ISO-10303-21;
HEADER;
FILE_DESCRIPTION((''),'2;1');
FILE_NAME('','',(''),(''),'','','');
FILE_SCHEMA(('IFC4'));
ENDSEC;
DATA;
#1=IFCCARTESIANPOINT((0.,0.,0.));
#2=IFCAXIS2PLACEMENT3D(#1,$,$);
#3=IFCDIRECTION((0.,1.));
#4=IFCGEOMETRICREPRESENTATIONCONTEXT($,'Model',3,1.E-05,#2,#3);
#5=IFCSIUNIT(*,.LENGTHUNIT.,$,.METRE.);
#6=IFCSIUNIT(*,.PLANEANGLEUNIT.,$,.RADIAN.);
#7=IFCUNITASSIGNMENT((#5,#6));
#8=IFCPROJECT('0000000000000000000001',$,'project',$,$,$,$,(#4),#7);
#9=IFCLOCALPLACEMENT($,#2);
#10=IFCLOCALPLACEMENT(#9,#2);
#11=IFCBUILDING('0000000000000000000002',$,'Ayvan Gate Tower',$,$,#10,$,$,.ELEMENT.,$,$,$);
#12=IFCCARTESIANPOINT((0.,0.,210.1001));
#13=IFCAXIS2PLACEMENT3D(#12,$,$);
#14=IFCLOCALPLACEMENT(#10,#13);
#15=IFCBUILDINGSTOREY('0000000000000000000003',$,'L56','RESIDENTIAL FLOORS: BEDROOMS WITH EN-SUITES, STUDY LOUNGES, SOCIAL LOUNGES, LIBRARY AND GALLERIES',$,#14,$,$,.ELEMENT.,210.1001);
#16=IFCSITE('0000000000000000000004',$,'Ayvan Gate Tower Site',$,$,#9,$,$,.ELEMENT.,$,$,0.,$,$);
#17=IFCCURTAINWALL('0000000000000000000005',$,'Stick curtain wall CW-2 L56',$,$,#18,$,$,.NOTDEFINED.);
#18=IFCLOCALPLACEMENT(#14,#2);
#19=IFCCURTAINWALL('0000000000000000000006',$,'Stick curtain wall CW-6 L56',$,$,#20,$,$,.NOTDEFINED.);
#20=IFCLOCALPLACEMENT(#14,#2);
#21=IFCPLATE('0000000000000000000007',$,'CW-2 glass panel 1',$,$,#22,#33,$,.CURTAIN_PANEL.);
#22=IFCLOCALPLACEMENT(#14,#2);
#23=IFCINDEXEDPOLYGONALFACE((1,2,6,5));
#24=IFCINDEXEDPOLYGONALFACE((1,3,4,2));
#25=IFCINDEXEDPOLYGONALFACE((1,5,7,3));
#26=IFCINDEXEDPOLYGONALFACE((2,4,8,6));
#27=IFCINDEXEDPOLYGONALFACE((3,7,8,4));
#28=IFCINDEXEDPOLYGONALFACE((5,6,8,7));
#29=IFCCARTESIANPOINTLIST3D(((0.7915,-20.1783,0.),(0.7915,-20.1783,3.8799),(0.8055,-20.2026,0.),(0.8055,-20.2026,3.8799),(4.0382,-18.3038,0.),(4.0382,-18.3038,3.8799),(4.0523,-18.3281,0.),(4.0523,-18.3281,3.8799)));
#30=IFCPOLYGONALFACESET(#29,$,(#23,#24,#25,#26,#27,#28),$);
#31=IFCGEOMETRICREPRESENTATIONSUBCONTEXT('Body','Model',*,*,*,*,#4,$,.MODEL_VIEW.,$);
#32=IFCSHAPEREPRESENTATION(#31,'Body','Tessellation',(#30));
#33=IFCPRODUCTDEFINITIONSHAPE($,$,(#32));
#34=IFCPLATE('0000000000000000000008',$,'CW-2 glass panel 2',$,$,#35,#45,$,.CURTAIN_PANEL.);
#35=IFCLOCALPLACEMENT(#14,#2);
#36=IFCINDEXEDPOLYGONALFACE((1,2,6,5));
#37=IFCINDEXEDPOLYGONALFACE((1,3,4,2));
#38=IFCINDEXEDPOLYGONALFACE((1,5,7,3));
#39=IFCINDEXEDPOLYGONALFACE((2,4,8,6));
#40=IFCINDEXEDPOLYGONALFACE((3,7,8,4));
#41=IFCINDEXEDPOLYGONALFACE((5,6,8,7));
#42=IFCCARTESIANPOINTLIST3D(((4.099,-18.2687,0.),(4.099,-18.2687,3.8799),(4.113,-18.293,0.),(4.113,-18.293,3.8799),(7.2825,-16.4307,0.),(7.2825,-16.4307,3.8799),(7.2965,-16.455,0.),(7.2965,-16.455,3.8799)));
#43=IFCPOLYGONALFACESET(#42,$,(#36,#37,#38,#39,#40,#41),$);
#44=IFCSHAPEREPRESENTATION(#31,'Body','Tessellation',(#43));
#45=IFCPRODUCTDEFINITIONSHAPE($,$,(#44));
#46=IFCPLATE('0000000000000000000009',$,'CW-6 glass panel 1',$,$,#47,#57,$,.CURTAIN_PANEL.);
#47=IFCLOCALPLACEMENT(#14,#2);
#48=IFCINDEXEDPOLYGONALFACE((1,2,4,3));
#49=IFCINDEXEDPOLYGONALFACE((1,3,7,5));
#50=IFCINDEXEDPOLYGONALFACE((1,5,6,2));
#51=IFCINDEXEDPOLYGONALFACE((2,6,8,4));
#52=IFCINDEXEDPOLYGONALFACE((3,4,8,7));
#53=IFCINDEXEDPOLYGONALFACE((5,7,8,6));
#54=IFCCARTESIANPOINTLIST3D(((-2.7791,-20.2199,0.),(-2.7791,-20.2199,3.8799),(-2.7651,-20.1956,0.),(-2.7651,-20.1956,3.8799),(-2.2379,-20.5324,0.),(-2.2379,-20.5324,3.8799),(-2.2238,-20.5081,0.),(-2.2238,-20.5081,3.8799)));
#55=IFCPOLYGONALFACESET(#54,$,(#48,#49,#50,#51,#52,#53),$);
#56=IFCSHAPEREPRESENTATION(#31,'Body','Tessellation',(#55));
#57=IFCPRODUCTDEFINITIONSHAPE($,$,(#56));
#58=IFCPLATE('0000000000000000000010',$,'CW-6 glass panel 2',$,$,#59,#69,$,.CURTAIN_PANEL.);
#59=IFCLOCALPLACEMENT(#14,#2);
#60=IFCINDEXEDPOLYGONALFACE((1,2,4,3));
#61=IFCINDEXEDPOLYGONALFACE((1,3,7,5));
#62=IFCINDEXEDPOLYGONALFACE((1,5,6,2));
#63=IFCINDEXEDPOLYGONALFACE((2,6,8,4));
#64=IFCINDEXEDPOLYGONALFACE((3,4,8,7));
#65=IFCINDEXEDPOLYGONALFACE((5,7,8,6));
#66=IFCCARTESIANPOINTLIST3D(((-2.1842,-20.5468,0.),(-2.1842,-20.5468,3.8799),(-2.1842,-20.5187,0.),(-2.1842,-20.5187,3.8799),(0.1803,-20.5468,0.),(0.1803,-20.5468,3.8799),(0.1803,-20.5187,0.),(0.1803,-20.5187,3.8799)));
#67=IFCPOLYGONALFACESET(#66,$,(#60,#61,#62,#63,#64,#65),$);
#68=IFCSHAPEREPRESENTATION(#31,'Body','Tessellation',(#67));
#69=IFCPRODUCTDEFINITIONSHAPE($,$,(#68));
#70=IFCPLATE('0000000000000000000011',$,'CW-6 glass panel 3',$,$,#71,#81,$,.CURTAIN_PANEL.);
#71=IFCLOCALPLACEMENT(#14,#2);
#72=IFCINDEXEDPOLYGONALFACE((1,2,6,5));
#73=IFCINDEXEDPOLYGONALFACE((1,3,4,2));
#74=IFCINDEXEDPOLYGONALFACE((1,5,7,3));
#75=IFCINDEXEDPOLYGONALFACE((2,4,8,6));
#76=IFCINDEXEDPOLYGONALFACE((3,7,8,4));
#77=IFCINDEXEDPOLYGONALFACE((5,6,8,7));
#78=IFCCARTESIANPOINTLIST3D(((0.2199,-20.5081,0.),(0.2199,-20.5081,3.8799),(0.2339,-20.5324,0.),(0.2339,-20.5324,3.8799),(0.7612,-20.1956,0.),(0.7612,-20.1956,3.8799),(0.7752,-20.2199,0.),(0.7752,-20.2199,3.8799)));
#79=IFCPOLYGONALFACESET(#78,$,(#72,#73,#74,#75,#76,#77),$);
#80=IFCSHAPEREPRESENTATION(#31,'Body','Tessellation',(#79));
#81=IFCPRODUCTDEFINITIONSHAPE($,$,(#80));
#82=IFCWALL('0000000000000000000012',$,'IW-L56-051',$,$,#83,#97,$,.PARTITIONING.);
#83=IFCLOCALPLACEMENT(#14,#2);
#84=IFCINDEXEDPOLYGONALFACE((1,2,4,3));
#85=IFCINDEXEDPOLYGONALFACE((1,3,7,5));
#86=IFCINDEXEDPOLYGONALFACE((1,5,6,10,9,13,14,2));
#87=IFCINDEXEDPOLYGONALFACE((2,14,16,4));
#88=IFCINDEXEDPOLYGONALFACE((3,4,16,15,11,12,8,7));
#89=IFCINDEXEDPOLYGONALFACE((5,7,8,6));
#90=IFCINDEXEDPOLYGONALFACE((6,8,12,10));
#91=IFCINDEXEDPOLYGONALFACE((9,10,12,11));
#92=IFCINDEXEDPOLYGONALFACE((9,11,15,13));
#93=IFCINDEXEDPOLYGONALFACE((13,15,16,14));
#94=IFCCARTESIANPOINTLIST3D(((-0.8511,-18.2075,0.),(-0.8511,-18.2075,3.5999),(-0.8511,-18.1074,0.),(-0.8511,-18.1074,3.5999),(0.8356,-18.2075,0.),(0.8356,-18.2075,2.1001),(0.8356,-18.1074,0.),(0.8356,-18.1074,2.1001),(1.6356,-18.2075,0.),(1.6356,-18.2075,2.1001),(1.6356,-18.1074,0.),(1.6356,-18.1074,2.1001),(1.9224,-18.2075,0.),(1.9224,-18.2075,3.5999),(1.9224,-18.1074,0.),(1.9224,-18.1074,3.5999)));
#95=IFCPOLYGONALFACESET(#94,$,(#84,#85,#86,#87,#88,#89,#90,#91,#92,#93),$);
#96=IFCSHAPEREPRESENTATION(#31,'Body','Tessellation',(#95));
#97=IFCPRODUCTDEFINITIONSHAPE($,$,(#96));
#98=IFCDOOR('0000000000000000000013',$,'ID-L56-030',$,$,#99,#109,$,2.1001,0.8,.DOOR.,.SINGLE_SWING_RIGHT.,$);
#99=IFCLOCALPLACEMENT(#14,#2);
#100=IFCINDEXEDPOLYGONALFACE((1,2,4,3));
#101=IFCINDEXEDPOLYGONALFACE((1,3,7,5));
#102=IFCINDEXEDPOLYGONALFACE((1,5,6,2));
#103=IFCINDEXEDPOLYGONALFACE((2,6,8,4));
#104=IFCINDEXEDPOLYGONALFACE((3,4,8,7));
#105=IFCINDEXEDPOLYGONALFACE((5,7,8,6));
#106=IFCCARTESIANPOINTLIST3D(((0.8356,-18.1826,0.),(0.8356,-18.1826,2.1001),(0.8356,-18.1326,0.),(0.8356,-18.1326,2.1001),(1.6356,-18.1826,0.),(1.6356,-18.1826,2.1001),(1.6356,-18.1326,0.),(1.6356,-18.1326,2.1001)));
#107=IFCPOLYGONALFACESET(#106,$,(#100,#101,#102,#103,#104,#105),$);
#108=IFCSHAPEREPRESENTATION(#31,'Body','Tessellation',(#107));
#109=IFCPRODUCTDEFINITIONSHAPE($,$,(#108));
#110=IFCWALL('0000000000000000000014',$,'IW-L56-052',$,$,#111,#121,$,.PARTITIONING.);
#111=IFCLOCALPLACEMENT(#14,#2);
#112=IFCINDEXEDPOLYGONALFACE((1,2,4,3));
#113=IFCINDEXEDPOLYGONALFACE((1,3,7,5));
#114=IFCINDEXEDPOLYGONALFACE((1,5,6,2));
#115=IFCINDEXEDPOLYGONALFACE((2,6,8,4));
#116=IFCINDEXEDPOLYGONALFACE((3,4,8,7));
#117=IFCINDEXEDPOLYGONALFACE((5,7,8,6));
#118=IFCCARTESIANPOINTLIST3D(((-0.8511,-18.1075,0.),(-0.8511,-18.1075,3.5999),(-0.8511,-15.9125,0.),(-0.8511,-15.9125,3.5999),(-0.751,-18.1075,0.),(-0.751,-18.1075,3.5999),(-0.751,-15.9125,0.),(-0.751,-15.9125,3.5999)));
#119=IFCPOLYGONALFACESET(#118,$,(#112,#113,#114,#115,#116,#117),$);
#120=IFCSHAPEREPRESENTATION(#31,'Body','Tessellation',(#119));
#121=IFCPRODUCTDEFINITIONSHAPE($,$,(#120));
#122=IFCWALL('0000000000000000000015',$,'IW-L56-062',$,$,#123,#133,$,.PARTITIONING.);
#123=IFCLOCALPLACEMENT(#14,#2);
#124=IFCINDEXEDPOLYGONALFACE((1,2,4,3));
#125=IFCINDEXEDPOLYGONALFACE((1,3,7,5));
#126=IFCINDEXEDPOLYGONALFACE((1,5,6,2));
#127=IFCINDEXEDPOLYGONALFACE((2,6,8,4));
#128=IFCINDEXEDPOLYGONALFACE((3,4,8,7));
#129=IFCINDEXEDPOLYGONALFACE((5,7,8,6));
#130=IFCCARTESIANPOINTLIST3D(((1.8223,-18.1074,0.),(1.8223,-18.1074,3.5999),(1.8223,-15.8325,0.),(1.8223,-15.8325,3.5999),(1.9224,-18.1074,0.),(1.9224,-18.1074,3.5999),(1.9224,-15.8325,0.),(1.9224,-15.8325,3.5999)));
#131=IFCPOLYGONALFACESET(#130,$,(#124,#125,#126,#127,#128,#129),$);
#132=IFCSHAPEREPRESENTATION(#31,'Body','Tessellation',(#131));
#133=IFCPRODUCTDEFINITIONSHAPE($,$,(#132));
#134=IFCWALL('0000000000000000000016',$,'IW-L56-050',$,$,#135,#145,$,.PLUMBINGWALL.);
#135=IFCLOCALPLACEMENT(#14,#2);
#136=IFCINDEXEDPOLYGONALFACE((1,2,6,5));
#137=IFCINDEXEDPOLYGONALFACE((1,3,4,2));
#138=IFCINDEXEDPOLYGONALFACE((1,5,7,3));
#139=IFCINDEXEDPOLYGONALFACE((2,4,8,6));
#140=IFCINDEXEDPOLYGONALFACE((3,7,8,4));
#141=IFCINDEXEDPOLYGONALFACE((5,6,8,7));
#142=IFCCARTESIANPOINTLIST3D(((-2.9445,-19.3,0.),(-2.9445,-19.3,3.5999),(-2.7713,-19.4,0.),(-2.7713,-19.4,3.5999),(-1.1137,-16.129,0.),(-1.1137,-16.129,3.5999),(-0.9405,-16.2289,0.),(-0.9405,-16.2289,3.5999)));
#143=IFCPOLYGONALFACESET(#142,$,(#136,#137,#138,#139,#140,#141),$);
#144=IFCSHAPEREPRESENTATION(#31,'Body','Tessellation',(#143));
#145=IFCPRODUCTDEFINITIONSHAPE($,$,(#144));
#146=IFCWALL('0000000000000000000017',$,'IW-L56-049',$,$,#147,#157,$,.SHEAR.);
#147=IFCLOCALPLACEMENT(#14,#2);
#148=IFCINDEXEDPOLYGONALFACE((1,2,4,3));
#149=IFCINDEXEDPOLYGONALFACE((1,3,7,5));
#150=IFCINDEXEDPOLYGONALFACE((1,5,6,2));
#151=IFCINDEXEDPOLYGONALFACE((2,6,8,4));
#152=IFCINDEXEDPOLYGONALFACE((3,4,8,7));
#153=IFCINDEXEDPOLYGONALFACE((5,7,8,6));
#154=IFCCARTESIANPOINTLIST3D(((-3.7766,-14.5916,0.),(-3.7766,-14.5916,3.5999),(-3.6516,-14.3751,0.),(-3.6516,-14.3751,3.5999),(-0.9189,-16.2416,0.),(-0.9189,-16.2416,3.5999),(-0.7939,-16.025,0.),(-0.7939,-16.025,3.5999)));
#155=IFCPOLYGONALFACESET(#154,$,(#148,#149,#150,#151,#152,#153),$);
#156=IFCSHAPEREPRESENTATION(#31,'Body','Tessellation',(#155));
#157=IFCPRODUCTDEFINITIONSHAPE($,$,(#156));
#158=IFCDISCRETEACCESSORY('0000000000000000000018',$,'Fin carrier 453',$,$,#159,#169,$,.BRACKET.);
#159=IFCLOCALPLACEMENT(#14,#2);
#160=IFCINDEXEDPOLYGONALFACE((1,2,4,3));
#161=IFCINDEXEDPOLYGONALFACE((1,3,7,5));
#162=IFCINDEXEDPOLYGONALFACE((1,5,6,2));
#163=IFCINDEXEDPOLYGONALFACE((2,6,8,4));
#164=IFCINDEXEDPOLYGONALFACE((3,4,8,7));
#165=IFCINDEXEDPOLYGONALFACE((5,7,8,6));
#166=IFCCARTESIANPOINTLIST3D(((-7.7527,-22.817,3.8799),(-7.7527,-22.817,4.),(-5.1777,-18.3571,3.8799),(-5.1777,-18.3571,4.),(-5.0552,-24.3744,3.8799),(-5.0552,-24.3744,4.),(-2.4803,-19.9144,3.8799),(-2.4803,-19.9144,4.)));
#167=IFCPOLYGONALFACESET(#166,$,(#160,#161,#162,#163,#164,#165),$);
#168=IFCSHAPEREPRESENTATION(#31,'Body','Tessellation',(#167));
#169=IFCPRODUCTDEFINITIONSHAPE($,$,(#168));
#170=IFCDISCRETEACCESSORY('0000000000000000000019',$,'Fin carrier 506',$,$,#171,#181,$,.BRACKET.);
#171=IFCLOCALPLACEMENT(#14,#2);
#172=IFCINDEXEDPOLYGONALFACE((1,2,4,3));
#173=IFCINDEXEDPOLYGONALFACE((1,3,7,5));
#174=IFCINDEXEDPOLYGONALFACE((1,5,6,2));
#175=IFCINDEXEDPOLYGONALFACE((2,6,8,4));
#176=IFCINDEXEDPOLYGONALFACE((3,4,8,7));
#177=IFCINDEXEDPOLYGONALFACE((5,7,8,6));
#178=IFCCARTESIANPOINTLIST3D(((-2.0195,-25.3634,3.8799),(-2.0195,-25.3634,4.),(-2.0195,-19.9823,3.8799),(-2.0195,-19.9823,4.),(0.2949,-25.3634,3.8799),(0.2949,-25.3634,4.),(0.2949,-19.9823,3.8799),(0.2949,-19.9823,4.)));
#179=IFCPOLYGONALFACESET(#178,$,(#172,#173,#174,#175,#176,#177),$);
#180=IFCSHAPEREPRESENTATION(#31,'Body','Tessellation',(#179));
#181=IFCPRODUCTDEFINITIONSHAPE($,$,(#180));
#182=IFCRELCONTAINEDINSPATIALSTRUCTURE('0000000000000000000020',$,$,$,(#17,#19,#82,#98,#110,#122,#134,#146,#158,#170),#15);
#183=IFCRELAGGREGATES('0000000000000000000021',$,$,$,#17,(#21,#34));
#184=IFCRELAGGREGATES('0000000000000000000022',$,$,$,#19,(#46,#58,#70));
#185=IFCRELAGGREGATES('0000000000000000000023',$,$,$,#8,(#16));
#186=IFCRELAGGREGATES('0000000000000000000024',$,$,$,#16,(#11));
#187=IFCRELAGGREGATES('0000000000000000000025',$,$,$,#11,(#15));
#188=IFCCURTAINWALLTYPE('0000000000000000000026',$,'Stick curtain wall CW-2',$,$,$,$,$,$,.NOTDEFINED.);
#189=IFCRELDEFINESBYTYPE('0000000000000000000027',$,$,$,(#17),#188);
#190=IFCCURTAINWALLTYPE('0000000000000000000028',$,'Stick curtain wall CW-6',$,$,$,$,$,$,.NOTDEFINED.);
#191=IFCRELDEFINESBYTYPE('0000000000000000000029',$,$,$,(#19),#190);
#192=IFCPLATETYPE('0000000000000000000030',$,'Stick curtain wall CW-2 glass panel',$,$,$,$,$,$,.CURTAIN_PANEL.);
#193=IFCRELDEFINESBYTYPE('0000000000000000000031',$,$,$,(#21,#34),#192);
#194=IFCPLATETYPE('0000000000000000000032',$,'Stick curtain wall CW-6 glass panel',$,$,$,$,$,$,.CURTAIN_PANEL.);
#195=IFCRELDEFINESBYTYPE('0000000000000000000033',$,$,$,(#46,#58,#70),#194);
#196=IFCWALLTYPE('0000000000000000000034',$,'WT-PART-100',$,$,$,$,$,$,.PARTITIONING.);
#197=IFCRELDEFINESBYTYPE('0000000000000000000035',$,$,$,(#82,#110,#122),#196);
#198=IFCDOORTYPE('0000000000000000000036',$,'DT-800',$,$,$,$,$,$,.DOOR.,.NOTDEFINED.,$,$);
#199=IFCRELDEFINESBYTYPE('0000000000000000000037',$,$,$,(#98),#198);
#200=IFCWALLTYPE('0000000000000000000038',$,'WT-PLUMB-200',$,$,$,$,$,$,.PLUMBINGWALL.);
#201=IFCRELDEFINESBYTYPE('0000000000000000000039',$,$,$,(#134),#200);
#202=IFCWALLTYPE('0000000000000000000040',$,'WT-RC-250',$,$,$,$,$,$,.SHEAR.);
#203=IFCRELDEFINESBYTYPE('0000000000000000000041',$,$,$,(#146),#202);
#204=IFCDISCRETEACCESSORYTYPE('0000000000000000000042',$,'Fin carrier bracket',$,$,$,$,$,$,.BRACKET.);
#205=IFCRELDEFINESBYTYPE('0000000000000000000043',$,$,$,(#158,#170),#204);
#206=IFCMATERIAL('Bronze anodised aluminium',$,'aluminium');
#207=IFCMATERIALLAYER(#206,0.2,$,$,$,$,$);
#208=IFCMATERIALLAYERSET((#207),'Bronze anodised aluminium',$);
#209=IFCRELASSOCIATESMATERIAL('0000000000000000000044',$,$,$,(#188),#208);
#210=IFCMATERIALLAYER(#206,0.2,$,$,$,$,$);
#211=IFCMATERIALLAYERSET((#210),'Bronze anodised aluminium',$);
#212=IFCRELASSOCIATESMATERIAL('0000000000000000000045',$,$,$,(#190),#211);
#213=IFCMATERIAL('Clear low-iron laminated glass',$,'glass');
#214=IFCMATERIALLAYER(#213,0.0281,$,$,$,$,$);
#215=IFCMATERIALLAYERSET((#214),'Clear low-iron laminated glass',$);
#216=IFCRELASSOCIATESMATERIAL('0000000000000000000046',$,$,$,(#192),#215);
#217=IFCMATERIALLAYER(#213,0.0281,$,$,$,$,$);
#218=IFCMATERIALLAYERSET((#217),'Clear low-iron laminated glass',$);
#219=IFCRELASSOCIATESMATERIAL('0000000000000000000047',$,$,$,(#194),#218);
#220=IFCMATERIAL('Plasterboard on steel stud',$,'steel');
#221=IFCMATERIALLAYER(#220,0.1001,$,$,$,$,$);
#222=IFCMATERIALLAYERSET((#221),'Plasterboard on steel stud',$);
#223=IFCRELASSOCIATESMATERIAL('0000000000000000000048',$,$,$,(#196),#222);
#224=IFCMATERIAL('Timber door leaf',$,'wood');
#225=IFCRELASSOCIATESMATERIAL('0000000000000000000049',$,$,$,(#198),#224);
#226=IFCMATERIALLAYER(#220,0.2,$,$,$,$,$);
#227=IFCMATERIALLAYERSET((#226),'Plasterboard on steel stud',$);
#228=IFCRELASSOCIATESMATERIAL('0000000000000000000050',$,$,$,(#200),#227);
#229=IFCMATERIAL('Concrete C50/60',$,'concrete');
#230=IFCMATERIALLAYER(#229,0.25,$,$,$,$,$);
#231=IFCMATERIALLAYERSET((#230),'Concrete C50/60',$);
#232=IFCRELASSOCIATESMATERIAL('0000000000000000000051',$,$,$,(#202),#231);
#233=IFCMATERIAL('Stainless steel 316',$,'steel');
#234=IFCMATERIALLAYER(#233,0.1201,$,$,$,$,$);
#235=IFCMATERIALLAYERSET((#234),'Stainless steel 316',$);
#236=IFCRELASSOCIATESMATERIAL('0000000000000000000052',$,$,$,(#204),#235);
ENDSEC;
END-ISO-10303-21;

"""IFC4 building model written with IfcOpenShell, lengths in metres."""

from ifc_helpers import new_model, si_unit, direction, frame, frame_2d, origin, origin_2d, place, context, subcontext, project, spatial, rectangle, extrude, material, layer, layer_set, type_object, element, fill, aggregate, save


model = new_model("IFC4")

# Units and contexts
model_context = context("Model", 3, precision=1e-05, world=origin(), true_north=direction((0.0, 1.0)))
body_context = subcontext(model_context, "Body", "Model", "MODEL_VIEW")
ifc_project = project(units=[si_unit("LENGTHUNIT", "METRE"), si_unit("PLANEANGLEUNIT", "RADIAN")], contexts=[model_context])

# Site, building, storey
site_placement = place(None, origin())
site = spatial("IfcSite", under=ifc_project, at=site_placement, Name="Ayvan Gate Tower Site", CompositionType="ELEMENT", RefElevation=0.0)
building_placement = place(site_placement, origin())
building = spatial("IfcBuilding", under=site, at=building_placement, Name="Ayvan Gate Tower", CompositionType="ELEMENT")
storey_placement = place(building_placement, frame((0.0, 0.0, 210.1001)))
storey = spatial("IfcBuildingStorey", under=building, at=storey_placement, Name="L56", Description="RESIDENTIAL FLOORS: BEDROOMS WITH EN-SUITES, STUDY LOUNGES, SOCIAL LOUNGES, LIBRARY AND GALLERIES", CompositionType="ELEMENT", Elevation=210.1001)

# Shared definitions
ifc_material_1 = material(Name="Bronze anodised aluminium", Category="aluminium")
ifc_layer_1 = layer(ifc_material_1, 0.2)
ifc_layer_set_1 = layer_set([ifc_layer_1], Name="Bronze anodised aluminium")
curtain_wall_type_1 = type_object("IfcCurtainWallType", Name="Stick curtain wall CW-2", PredefinedType="NOTDEFINED", material=ifc_layer_set_1)

# Curtain walls
curtain_wall_1_placement = place(storey_placement, origin())
curtain_wall_1 = element("IfcCurtainWall", 1, at=curtain_wall_1_placement, inside=storey, type_object=curtain_wall_type_1, Name="Stick curtain wall CW-2 L56", PredefinedType="NOTDEFINED")
ifc_layer_2 = layer(ifc_material_1, 0.2)
ifc_layer_set_2 = layer_set([ifc_layer_2], Name="Bronze anodised aluminium")
curtain_wall_type_2 = type_object("IfcCurtainWallType", Name="Stick curtain wall CW-6", PredefinedType="NOTDEFINED", material=ifc_layer_set_2)
curtain_wall_2_placement = place(storey_placement, origin())
curtain_wall_2 = element("IfcCurtainWall", 2, at=curtain_wall_2_placement, inside=storey, type_object=curtain_wall_type_2, Name="Stick curtain wall CW-6 L56", PredefinedType="NOTDEFINED")

# Plates
ifc_material_2 = material(Name="Clear low-iron laminated glass", Category="glass")
ifc_layer_3 = layer(ifc_material_2, 0.0281)
ifc_layer_set_3 = layer_set([ifc_layer_3], Name="Clear low-iron laminated glass")
plate_type_1 = type_object("IfcPlateType", Name="Stick curtain wall CW-2 glass panel", PredefinedType="CURTAIN_PANEL", material=ifc_layer_set_3)
plate_1_placement = place(storey_placement, frame((2.4219, -19.2532, 0.0), z_axis=(0.0, 0.0, 1.0), x_axis=(0.866025, 0.5, 0.0)))
plate_1 = element("IfcPlate", 3, at=plate_1_placement, type_object=plate_type_1, Name="CW-2 glass panel 1", PredefinedType="CURTAIN_PANEL", context=body_context, shape_type="SweptSolid", body=[
    extrude(rectangle(XDim=3.749, YDim=0.0281, at=origin_2d()), origin(), (0.0, 0.0, 1.0), 3.8799),
])
plate_2_placement = place(storey_placement, frame((5.6978, -17.3618, 0.0), z_axis=(0.0, 0.0, 1.0), x_axis=(0.866025, 0.5, 0.0)))
plate_2 = element("IfcPlate", 4, at=plate_2_placement, type_object=plate_type_1, Name="CW-2 glass panel 2", PredefinedType="CURTAIN_PANEL", context=body_context, shape_type="SweptSolid", body=[
    extrude(rectangle(XDim=3.676, YDim=0.0281, at=origin_2d()), origin(), (0.0, 0.0, 1.0), 3.8799),
])
aggregate(curtain_wall_1, [plate_1, plate_2])
ifc_layer_4 = layer(ifc_material_2, 0.0281)
ifc_layer_set_4 = layer_set([ifc_layer_4], Name="Clear low-iron laminated glass")
plate_type_2 = type_object("IfcPlateType", Name="Stick curtain wall CW-6 glass panel", PredefinedType="CURTAIN_PANEL", material=ifc_layer_set_4)
plate_3_placement = place(storey_placement, frame((-2.5015, -20.364, 0.0), z_axis=(0.0, 0.0, 1.0), x_axis=(0.866025, -0.5, 0.0)))
plate_3 = element("IfcPlate", 5, at=plate_3_placement, type_object=plate_type_2, Name="CW-6 glass panel 1", PredefinedType="CURTAIN_PANEL", context=body_context, shape_type="SweptSolid", body=[
    extrude(rectangle(XDim=0.625, YDim=0.0281, at=origin_2d()), origin(), (0.0, 0.0, 1.0), 3.8799),
])
plate_4_placement = place(storey_placement, frame((-1.002, -20.5327, 0.0), z_axis=(0.0, 0.0, 1.0), x_axis=(1.0, 0.0, 0.0)))
plate_4 = element("IfcPlate", 6, at=plate_4_placement, type_object=plate_type_2, Name="CW-6 glass panel 2", PredefinedType="CURTAIN_PANEL", context=body_context, shape_type="SweptSolid", body=[
    extrude(rectangle(XDim=2.3645, YDim=0.0281, at=origin_2d()), origin(), (0.0, 0.0, 1.0), 3.8799),
])
plate_5_placement = place(storey_placement, frame((0.4976, -20.364, 0.0), z_axis=(0.0, 0.0, 1.0), x_axis=(0.866025, 0.5, 0.0)))
plate_5 = element("IfcPlate", 7, at=plate_5_placement, type_object=plate_type_2, Name="CW-6 glass panel 3", PredefinedType="CURTAIN_PANEL", context=body_context, shape_type="SweptSolid", body=[
    extrude(rectangle(XDim=0.625, YDim=0.0281, at=origin_2d()), origin(), (0.0, 0.0, 1.0), 3.8799),
])
aggregate(curtain_wall_2, [plate_3, plate_4, plate_5])

# Wall, opening, door
ifc_material_3 = material(Name="Plasterboard on steel stud", Category="steel")
ifc_layer_5 = layer(ifc_material_3, 0.1001)
ifc_layer_set_5 = layer_set([ifc_layer_5], Name="Plasterboard on steel stud")
wall_type_1 = type_object("IfcWallType", Name="WT-PART-100", PredefinedType="PARTITIONING", material=ifc_layer_set_5)
wall_1_placement = place(storey_placement, frame((-0.8511, -18.1575, 0.0), z_axis=(0.0, 0.0, 1.0), x_axis=(1.0, 0.0, 0.0)))
wall_1 = element("IfcWall", 8, at=wall_1_placement, inside=storey, type_object=wall_type_1, Name="IW-L56-051", PredefinedType="PARTITIONING", context=body_context, shape_type="SweptSolid", body=[
    extrude(rectangle(XDim=2.7734, YDim=0.1001, at=frame_2d((1.3867, 0.0))), origin(), (0.0, 0.0, 1.0), 3.5999),
])
opening_placement = place(wall_1_placement, frame((1.6868, 0.0, 0.0)))
opening = element("IfcOpeningElement", 9, at=opening_placement, cuts=wall_1, PredefinedType="OPENING", context=body_context, shape_type="SweptSolid", body=[
    extrude(rectangle(XDim=0.8, YDim=2.1001, at=frame_2d((0.3999, 1.05))), frame((0.0, 0.0601, 0.0), z_axis=(0.0, -1.0, 0.0), x_axis=(1.0, 0.0, 0.0)), (0.0, 0.0, 1.0), 0.1201),
])
ifc_material_4 = material(Name="Timber door leaf", Category="wood")
door_type = type_object("IfcDoorType", Name="DT-800", OperationType="NOTDEFINED", PredefinedType="DOOR", material=ifc_material_4)
door_placement = place(opening_placement, origin())
door = element("IfcDoor", 10, at=door_placement, inside=storey, type_object=door_type, Name="ID-L56-030", OperationType="SINGLE_SWING_RIGHT", OverallHeight=2.1001, OverallWidth=0.8, PredefinedType="DOOR", context=body_context, shape_type="SweptSolid", body=[
    extrude(rectangle(XDim=0.8, YDim=2.1001, at=frame_2d((0.3999, 1.05))), frame((0.0, 0.0249, 0.0), z_axis=(0.0, -1.0, 0.0), x_axis=(1.0, 0.0, 0.0)), (0.0, 0.0, 1.0), 0.05),
])
fill(opening, door)

# Walls
wall_2_placement = place(storey_placement, frame((-0.801, -15.9124, 0.0), z_axis=(0.0, 0.0, 1.0), x_axis=(0.0, -1.0, 0.0)))
element("IfcWall", 11, at=wall_2_placement, inside=storey, type_object=wall_type_1, Name="IW-L56-052", PredefinedType="PARTITIONING", context=body_context, shape_type="SweptSolid", body=[
    extrude(rectangle(XDim=2.1951, YDim=0.1001, at=frame_2d((1.0977, 0.0))), origin(), (0.0, 0.0, 1.0), 3.5999),
])
wall_3_placement = place(storey_placement, frame((1.8723, -18.1074, 0.0), z_axis=(0.0, 0.0, 1.0), x_axis=(0.0, 1.0, 0.0)))
element("IfcWall", 12, at=wall_3_placement, inside=storey, type_object=wall_type_1, Name="IW-L56-062", PredefinedType="PARTITIONING", context=body_context, shape_type="SweptSolid", body=[
    extrude(rectangle(XDim=2.2749, YDim=0.1001, at=frame_2d((1.1375, 0.0))), origin(), (0.0, 0.0, 1.0), 3.5999),
])
ifc_layer_6 = layer(ifc_material_3, 0.2)
ifc_layer_set_6 = layer_set([ifc_layer_6], Name="Plasterboard on steel stud")
wall_type_2 = type_object("IfcWallType", Name="WT-PLUMB-200", PredefinedType="PLUMBINGWALL", material=ifc_layer_set_6)
wall_4_placement = place(storey_placement, frame((-1.0271, -16.179, 0.0), z_axis=(0.0, 0.0, 1.0), x_axis=(-0.49999, -0.866031, 0.0)))
element("IfcWall", 13, at=wall_4_placement, inside=storey, type_object=wall_type_2, Name="IW-L56-050", PredefinedType="PLUMBINGWALL", context=body_context, shape_type="SweptSolid", body=[
    extrude(rectangle(XDim=3.6616, YDim=0.2, at=frame_2d((1.8308, 0.0))), origin(), (0.0, 0.0, 1.0), 3.5999),
])
ifc_material_5 = material(Name="Concrete C50/60", Category="concrete")
ifc_layer_7 = layer(ifc_material_5, 0.25)
ifc_layer_set_7 = layer_set([ifc_layer_7], Name="Concrete C50/60")
wall_type_3 = type_object("IfcWallType", Name="WT-RC-250", PredefinedType="SHEAR", material=ifc_layer_set_7)
wall_5_placement = place(storey_placement, frame((-0.8564, -16.1333, 0.0), z_axis=(0.0, 0.0, 1.0), x_axis=(-0.866022, 0.500006, 0.0)))
element("IfcWall", 14, at=wall_5_placement, inside=storey, type_object=wall_type_3, Name="IW-L56-049", PredefinedType="SHEAR", context=body_context, shape_type="SweptSolid", body=[
    extrude(rectangle(XDim=3.2998, YDim=0.25, at=frame_2d((1.6499, 0.0))), origin(), (0.0, 0.0, 1.0), 3.5999),
])

# Discrete accessories
ifc_material_6 = material(Name="Stainless steel 316", Category="steel")
ifc_layer_8 = layer(ifc_material_6, 0.1201)
ifc_layer_set_8 = layer_set([ifc_layer_8], Name="Stainless steel 316")
discrete_accessory_type = type_object("IfcDiscreteAccessoryType", Name="Fin carrier bracket", PredefinedType="BRACKET", material=ifc_layer_set_8)
discrete_accessory_1_placement = place(storey_placement, frame((-5.1165, -21.3657, 3.8799), z_axis=(0.0, 0.0, 1.0), x_axis=(0.866025, -0.5, 0.0)))
element("IfcDiscreteAccessory", 15, at=discrete_accessory_1_placement, inside=storey, type_object=discrete_accessory_type, Name="Fin carrier 453", PredefinedType="BRACKET", context=body_context, shape_type="SweptSolid", body=[
    extrude(rectangle(XDim=3.1147, YDim=5.1499, at=origin_2d()), origin(), (0.0, 0.0, 1.0), 0.1201),
])
discrete_accessory_2_placement = place(storey_placement, frame((-0.8623, -22.6729, 3.8799), z_axis=(0.0, 0.0, 1.0), x_axis=(1.0, 0.0, 0.0)))
element("IfcDiscreteAccessory", 16, at=discrete_accessory_2_placement, inside=storey, type_object=discrete_accessory_type, Name="Fin carrier 506", PredefinedType="BRACKET", context=body_context, shape_type="SweptSolid", body=[
    extrude(rectangle(XDim=2.3145, YDim=5.3811, at=origin_2d()), origin(), (0.0, 0.0, 1.0), 0.1201),
])

save(model, "model.ifc")
